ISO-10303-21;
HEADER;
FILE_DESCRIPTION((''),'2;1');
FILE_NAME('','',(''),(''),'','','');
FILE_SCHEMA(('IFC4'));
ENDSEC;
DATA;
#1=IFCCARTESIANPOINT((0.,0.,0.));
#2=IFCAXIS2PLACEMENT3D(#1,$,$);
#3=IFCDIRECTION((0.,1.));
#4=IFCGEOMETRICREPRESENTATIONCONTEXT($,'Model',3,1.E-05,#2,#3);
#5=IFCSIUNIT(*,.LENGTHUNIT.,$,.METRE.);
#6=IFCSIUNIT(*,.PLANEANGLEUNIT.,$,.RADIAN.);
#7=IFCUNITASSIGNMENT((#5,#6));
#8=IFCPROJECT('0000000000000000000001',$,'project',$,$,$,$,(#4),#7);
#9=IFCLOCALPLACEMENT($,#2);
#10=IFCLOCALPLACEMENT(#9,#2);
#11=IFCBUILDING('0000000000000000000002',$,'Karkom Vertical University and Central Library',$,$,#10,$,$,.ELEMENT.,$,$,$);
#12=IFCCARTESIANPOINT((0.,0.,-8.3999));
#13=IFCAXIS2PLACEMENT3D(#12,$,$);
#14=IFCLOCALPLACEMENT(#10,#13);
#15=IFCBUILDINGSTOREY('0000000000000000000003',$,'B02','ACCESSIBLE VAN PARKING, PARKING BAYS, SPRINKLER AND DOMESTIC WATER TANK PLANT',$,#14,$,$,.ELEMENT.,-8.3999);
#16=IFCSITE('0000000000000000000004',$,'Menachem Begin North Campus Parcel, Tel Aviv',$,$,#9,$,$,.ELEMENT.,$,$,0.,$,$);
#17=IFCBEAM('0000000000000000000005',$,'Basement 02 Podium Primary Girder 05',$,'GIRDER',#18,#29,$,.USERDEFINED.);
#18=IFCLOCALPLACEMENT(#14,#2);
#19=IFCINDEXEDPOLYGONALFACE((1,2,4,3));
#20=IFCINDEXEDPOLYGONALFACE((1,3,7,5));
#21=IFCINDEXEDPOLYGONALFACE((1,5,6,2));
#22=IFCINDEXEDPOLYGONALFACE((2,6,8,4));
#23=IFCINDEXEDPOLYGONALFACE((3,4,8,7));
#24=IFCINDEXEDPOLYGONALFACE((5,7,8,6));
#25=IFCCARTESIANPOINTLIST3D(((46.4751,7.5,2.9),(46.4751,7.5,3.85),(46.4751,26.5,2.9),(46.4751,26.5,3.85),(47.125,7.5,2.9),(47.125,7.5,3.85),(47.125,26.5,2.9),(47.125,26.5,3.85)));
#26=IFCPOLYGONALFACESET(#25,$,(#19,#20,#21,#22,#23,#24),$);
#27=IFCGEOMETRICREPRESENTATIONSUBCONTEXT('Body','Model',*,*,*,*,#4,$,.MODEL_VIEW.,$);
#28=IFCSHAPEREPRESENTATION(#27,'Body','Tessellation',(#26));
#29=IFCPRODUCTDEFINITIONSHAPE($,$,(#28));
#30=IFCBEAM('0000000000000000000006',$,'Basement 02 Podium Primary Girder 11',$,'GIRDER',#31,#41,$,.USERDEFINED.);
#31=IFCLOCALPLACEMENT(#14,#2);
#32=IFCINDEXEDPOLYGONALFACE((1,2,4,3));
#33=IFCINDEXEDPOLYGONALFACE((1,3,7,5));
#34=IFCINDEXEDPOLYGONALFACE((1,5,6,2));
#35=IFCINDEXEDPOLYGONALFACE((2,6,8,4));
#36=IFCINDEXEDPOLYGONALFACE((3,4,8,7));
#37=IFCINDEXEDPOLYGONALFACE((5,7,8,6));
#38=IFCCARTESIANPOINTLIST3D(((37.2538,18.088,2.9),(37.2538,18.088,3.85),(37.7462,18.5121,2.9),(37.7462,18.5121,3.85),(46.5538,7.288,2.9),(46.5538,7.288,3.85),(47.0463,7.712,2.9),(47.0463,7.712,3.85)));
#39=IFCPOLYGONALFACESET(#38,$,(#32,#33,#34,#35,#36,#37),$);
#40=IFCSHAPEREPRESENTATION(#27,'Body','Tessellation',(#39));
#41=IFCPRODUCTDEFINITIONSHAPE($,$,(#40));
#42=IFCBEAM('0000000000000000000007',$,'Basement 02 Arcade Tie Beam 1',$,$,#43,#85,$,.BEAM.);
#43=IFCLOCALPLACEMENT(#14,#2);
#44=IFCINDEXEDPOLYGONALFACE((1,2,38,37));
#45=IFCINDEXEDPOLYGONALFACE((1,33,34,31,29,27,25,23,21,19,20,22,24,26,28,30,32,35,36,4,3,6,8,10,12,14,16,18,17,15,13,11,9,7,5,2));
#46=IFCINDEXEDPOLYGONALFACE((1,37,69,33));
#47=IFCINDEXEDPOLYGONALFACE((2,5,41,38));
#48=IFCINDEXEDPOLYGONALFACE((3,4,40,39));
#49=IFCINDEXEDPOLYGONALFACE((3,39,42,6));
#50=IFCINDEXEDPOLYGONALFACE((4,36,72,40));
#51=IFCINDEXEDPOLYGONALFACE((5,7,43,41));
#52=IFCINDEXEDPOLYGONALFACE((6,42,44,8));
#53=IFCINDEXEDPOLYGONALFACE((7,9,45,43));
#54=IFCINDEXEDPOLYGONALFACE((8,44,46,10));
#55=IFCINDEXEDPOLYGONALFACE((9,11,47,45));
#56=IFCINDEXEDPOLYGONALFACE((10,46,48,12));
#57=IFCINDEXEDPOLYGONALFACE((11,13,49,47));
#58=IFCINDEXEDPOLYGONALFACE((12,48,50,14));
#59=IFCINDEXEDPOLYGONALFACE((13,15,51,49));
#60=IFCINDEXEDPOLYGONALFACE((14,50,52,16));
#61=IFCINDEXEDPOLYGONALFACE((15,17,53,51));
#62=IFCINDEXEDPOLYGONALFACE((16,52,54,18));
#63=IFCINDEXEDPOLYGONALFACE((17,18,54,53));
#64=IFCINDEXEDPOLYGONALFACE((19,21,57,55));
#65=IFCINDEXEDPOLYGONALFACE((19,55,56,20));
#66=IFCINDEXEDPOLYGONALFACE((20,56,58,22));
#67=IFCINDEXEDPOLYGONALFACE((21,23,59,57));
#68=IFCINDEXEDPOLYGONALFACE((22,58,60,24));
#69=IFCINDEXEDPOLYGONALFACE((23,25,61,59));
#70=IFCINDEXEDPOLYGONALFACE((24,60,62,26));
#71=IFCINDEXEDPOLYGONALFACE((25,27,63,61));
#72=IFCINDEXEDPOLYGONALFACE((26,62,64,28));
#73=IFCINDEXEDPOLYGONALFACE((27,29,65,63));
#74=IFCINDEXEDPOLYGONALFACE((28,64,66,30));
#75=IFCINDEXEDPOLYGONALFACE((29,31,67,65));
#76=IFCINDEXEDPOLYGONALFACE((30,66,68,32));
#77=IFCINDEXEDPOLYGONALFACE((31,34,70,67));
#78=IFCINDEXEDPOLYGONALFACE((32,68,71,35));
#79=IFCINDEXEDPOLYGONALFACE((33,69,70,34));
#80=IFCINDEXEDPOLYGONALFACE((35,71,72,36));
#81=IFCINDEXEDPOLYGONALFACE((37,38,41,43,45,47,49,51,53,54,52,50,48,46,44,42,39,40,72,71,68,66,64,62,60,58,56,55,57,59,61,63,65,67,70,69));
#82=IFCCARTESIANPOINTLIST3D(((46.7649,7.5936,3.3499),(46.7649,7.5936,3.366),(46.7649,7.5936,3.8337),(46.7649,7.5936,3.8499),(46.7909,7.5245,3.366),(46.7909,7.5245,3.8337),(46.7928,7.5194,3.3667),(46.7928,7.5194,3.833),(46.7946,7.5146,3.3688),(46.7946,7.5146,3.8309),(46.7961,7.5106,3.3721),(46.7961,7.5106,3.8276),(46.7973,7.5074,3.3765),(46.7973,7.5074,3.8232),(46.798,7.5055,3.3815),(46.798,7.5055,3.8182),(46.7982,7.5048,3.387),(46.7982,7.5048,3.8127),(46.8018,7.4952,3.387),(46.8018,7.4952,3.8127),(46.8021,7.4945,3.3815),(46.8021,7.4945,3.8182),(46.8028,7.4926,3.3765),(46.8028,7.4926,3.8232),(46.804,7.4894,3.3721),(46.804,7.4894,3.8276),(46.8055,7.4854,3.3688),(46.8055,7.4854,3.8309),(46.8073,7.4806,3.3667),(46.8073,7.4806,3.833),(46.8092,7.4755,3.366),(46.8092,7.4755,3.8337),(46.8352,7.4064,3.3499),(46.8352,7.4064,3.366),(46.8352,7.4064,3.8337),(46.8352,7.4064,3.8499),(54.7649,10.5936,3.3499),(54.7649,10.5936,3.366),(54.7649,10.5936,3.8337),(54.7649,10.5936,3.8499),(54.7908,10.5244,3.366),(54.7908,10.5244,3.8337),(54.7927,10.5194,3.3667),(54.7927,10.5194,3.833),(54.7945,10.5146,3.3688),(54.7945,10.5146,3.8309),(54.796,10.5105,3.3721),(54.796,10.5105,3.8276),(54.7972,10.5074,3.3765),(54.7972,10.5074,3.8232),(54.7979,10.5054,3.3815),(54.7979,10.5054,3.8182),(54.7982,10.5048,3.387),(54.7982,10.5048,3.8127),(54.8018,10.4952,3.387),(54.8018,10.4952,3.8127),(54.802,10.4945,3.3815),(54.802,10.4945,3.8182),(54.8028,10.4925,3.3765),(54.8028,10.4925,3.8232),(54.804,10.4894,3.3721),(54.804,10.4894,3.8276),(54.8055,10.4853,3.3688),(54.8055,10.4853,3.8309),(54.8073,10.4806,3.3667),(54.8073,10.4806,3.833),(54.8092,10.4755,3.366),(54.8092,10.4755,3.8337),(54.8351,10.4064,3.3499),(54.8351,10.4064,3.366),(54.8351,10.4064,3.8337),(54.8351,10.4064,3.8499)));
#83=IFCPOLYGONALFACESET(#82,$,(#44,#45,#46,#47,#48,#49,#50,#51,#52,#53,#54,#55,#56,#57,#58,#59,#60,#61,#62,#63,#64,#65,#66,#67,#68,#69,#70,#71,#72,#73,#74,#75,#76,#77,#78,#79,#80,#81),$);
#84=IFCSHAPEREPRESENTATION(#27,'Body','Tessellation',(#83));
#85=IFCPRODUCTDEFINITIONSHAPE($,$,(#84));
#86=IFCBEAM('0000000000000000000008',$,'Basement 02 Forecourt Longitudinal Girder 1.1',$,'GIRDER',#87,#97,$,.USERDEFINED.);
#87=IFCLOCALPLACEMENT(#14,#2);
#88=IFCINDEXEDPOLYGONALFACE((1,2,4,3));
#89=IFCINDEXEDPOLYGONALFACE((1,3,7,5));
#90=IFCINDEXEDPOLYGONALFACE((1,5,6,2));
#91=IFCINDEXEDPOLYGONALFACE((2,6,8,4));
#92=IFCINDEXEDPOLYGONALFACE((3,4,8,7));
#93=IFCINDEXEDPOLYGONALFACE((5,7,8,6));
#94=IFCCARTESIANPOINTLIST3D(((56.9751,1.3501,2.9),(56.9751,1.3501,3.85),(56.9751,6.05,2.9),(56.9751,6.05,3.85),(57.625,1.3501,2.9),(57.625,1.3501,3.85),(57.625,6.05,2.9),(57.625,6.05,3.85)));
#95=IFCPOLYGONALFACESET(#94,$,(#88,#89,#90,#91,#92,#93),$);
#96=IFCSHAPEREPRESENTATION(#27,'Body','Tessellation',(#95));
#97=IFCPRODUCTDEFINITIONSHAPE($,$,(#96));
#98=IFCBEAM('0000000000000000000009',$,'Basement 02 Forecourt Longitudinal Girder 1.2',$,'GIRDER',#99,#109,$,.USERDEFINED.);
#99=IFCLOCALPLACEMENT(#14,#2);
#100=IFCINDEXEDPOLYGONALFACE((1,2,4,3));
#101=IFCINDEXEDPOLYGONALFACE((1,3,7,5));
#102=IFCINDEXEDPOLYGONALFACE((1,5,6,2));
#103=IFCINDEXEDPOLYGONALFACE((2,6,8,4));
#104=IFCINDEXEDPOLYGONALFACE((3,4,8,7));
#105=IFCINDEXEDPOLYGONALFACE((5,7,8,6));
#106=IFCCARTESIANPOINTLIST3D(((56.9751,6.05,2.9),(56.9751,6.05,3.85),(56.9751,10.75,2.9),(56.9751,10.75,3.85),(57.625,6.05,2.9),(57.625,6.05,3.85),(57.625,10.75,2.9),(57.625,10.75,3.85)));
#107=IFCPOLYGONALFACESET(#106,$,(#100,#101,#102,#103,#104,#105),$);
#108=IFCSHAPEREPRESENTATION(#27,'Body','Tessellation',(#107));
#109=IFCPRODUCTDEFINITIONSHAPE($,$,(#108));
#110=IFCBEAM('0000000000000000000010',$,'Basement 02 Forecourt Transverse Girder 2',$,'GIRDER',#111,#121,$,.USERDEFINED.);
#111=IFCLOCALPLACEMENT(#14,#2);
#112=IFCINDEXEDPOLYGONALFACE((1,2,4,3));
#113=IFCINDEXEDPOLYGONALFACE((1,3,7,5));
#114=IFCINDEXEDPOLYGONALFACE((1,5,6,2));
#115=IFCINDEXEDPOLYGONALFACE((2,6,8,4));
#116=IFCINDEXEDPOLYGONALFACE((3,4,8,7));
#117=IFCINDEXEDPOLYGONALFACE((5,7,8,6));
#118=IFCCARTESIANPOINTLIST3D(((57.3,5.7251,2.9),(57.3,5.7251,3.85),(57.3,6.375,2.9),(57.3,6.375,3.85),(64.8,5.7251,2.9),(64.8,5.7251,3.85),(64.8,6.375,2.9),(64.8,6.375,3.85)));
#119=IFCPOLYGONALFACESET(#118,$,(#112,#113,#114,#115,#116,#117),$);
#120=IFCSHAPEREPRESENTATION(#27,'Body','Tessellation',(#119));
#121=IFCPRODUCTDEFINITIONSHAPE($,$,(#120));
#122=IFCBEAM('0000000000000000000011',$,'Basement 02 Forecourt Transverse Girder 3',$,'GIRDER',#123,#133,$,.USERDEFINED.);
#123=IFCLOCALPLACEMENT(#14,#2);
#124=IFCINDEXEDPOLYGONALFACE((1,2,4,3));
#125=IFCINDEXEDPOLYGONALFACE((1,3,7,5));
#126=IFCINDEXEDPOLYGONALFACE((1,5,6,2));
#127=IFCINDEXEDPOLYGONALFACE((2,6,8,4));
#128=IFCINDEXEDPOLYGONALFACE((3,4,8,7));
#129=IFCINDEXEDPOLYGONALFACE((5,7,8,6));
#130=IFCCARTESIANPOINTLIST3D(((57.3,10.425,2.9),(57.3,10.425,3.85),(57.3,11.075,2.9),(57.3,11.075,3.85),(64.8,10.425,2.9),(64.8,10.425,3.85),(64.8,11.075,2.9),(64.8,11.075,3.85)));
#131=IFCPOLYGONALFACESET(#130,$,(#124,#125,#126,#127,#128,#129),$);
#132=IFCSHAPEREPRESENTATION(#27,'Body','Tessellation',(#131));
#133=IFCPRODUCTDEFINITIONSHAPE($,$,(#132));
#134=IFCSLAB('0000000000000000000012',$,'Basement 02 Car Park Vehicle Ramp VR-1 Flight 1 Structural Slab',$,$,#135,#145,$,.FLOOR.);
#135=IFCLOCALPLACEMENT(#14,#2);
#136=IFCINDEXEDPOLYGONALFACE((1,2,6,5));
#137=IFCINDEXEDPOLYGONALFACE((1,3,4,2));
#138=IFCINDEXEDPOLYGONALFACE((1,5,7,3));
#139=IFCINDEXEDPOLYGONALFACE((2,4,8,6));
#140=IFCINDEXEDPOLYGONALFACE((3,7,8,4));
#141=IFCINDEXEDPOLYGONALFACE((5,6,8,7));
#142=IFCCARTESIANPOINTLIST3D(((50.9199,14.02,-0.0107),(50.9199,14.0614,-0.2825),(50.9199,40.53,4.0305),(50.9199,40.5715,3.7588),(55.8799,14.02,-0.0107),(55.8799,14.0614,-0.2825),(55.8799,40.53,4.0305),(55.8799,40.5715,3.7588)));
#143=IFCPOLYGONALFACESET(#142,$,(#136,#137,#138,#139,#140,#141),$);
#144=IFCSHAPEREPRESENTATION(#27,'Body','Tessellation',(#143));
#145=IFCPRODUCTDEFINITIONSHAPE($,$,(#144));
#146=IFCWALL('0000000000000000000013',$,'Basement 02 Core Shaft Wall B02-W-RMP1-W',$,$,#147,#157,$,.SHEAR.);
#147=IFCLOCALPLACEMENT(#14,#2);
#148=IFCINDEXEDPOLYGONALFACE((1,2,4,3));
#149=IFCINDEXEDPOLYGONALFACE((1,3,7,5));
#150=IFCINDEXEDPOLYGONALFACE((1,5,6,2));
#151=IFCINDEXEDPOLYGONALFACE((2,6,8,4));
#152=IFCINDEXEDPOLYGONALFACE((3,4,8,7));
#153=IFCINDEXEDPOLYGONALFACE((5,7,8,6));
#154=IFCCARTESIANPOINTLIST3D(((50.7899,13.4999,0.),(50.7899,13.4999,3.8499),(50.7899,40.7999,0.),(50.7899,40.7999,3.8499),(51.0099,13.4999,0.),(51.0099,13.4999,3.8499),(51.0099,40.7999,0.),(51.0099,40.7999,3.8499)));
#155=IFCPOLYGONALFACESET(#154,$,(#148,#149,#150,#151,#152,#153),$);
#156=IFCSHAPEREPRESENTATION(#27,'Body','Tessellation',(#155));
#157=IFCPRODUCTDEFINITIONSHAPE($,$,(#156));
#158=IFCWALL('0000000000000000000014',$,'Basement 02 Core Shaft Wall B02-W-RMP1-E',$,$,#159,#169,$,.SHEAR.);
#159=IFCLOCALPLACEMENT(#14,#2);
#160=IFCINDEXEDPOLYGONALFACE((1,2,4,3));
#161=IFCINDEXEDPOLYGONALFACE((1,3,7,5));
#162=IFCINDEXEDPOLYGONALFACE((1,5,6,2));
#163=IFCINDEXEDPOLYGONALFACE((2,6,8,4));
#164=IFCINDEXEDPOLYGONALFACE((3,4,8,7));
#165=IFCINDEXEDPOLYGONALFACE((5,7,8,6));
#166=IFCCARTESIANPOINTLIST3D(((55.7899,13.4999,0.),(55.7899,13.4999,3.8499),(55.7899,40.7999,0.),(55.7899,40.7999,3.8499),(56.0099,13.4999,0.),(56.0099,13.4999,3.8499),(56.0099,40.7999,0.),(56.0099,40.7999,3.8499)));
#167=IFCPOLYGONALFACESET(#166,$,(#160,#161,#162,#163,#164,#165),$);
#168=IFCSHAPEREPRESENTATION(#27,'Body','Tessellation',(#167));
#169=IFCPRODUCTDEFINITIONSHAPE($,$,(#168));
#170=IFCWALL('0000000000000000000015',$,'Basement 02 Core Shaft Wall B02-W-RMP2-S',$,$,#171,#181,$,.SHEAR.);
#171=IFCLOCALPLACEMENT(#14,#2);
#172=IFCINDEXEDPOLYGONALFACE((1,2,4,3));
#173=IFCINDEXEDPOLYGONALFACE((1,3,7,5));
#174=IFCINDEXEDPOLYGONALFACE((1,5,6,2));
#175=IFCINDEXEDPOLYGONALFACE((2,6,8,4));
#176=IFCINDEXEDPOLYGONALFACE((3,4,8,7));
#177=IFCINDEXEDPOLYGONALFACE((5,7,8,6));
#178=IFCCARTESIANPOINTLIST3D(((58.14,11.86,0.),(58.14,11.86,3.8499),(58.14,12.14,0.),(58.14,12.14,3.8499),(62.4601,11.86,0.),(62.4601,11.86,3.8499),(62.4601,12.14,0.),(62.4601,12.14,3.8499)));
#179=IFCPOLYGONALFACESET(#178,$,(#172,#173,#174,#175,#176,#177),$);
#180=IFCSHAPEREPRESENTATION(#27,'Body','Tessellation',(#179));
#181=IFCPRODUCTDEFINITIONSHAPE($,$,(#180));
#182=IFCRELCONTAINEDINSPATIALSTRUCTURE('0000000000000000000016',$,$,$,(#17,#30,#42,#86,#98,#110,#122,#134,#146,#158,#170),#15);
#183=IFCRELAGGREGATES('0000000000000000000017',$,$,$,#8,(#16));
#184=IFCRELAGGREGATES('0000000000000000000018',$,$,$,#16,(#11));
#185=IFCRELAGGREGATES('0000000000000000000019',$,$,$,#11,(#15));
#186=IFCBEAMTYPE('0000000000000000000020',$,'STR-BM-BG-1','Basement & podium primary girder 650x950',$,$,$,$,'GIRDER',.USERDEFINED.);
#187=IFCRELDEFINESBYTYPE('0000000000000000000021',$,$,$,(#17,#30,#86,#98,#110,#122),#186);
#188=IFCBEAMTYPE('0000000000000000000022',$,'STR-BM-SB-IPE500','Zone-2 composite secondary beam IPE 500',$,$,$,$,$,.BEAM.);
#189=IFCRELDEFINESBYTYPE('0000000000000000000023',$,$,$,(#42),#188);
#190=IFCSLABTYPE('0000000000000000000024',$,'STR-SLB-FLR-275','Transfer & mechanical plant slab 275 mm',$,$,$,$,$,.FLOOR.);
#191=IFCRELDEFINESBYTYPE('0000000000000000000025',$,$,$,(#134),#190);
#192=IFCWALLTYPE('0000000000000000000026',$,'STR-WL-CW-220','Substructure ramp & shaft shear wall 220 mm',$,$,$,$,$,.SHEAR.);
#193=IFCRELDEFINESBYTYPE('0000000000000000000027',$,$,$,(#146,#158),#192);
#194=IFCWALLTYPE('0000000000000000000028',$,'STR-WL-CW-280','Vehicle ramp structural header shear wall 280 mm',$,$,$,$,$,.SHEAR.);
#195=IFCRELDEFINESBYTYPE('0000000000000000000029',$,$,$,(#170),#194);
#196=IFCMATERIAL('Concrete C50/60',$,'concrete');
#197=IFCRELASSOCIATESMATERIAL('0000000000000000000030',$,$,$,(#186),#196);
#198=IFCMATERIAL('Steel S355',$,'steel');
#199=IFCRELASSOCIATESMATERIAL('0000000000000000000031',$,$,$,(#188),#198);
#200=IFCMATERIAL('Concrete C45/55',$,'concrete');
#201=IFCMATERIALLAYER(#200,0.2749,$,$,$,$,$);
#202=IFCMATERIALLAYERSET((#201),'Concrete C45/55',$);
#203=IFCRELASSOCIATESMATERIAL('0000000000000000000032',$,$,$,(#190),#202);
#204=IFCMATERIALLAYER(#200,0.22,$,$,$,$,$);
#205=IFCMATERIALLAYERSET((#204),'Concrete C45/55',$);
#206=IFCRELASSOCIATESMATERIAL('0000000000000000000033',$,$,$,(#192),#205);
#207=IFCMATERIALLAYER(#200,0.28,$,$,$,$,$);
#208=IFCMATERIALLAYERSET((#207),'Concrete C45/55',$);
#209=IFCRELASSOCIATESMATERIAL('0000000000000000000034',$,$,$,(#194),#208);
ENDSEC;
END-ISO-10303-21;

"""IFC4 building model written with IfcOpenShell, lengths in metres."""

from ifc_helpers import new_model, si_unit, direction, frame, frame_2d, origin, origin_with_axes, origin_2d, place, context, subcontext, project, spatial, polyline, rectangle, i_section, outline, extrude, source, transform, mapped, material, layer, layer_set, material_profile, profile_set, type_object, element, save


model = new_model("IFC4")

# Units and contexts
model_context = context("Model", 3, precision=1e-05, world=origin(), true_north=direction((0.0, 1.0)))
body_context = subcontext(model_context, "Body", "Model", "MODEL_VIEW")
ifc_project = project(units=[si_unit("LENGTHUNIT", "METRE"), si_unit("PLANEANGLEUNIT", "RADIAN")], contexts=[model_context])

# Site, building, storey
site_placement = place(None, origin())
site = spatial("IfcSite", under=ifc_project, at=site_placement, Name="Menachem Begin North Campus Parcel, Tel Aviv", CompositionType="ELEMENT", RefElevation=0.0)
building_placement = place(site_placement, origin())
building = spatial("IfcBuilding", under=site, at=building_placement, Name="Karkom Vertical University and Central Library", CompositionType="ELEMENT")
storey_placement = place(building_placement, frame((0.0, 0.0, -8.3999)))
storey = spatial("IfcBuildingStorey", under=building, at=storey_placement, Name="B02", Description="ACCESSIBLE VAN PARKING, PARKING BAYS, SPRINKLER AND DOMESTIC WATER TANK PLANT", CompositionType="ELEMENT", Elevation=-8.3999)

# Shared definitions
ifc_material_1 = material(Name="Concrete C45/55", Category="concrete")

# Beams
ifc_material_2 = material(Name="Concrete C50/60", Category="concrete")
ifc_material_profile_1 = material_profile(ifc_material_2, rectangle(XDim=0.6499, YDim=0.95, at=origin_2d()), Name="RCG-650x950")
ifc_profile_set_1 = profile_set([ifc_material_profile_1], Name="Concrete C50/60")
beam_type_1 = type_object("IfcBeamType", Name="STR-BM-BG-1", Description="Basement & podium primary girder 650x950", ElementType="GIRDER", PredefinedType="USERDEFINED", material=ifc_profile_set_1)
shared_shape_1 = source(origin_with_axes(), body_context, "Body", "SweptSolid", [
    extrude(rectangle(XDim=0.6499, YDim=0.95, at=origin_2d()), origin(), (0.0, 0.0, 1.0), 19.0),
])
beam_1_placement = place(storey_placement, frame((46.8, 7.5, 3.375), z_axis=(0.0, 1.0, 0.0), x_axis=(-1.0, 0.0, 0.0)))
element("IfcBeam", 1, at=beam_1_placement, inside=storey, type_object=beam_type_1, Name="Basement 02 Podium Primary Girder 05", ObjectType="GIRDER", PredefinedType="USERDEFINED", context=body_context, shape_type="MappedRepresentation", body=[
    mapped(shared_shape_1, transform((0.0, 0.0, 0.0), scale=1.0)),
])
shared_shape_2 = source(origin_with_axes(), body_context, "Body", "SweptSolid", [
    extrude(rectangle(XDim=0.6499, YDim=0.95, at=origin_2d()), origin(), (0.0, 0.0, 1.0), 14.2524),
])
beam_2_placement = place(storey_placement, frame((46.8, 7.5, 3.375), z_axis=(-0.652523, 0.757769, 0.0), x_axis=(-0.757769, -0.652523, 0.0)))
element("IfcBeam", 2, at=beam_2_placement, inside=storey, type_object=beam_type_1, Name="Basement 02 Podium Primary Girder 11", ObjectType="GIRDER", PredefinedType="USERDEFINED", context=body_context, shape_type="MappedRepresentation", body=[
    mapped(shared_shape_2, transform((0.0, 0.0, 0.0), scale=1.0)),
])
ifc_material_3 = material(Name="Steel S355", Category="steel")
ifc_material_profile_2 = material_profile(ifc_material_3, i_section(OverallWidth=0.2, OverallDepth=0.5, WebThickness=0.0103, FlangeThickness=0.0161, FilletRadius=0.021, at=origin_2d()), Name="IPE 500")
ifc_profile_set_2 = profile_set([ifc_material_profile_2], Name="Steel S355")
beam_type_2 = type_object("IfcBeamType", Name="STR-BM-SB-IPE500", Description="Zone-2 composite secondary beam IPE 500", PredefinedType="BEAM", material=ifc_profile_set_2)
shared_shape_3 = source(origin_with_axes(), body_context, "Body", "SweptSolid", [
    extrude(i_section(OverallWidth=0.2, OverallDepth=0.5, WebThickness=0.0103, FlangeThickness=0.0161, FilletRadius=0.021, at=origin_2d()), origin(), (0.0, 0.0, 1.0), 8.5439),
])
beam_3_placement = place(storey_placement, frame((46.8, 7.5, 3.5999), z_axis=(0.936329, 0.351123, 0.0), x_axis=(-0.351123, 0.936329, 0.0)))
element("IfcBeam", 3, at=beam_3_placement, inside=storey, type_object=beam_type_2, Name="Basement 02 Arcade Tie Beam 1", PredefinedType="BEAM", context=body_context, shape_type="MappedRepresentation", body=[
    mapped(shared_shape_3, transform((0.0, 0.0, 0.0), scale=1.0)),
])
shared_shape_4 = source(origin_with_axes(), body_context, "Body", "SweptSolid", [
    extrude(rectangle(XDim=0.6499, YDim=0.95, at=origin_2d()), origin(), (0.0, 0.0, 1.0), 4.7),
])
for number, where, z_axis, x_axis, name in (
    (4, (57.3, 1.3501, 3.375), (0.0, 1.0, 0.0), (-1.0, 0.0, 0.0), "Basement 02 Forecourt Longitudinal Girder 1.1"),
    (5, (57.3, 6.05, 3.375), (0.0, 1.0, 0.0), (-1.0, 0.0, 0.0), "Basement 02 Forecourt Longitudinal Girder 1.2"),
):
    element("IfcBeam", number, at=place(storey_placement, frame(where, z_axis=z_axis, x_axis=x_axis)), inside=storey, type_object=beam_type_1, Name=name, ObjectType="GIRDER", PredefinedType="USERDEFINED", context=body_context, shape_type="MappedRepresentation", body=[
        mapped(shared_shape_4, transform((0.0, 0.0, 0.0), scale=1.0)),
    ])
shared_shape_5 = source(origin_with_axes(), body_context, "Body", "SweptSolid", [
    extrude(rectangle(XDim=0.6499, YDim=0.95, at=origin_2d()), origin(), (0.0, 0.0, 1.0), 7.5),
])
for number, where, z_axis, x_axis, name in (
    (6, (57.3, 6.05, 3.375), (1.0, 0.0, 0.0), (0.0, 1.0, 0.0), "Basement 02 Forecourt Transverse Girder 2"),
    (7, (57.3, 10.75, 3.375), (1.0, 0.0, 0.0), (0.0, 1.0, 0.0), "Basement 02 Forecourt Transverse Girder 3"),
):
    element("IfcBeam", number, at=place(storey_placement, frame(where, z_axis=z_axis, x_axis=x_axis)), inside=storey, type_object=beam_type_1, Name=name, ObjectType="GIRDER", PredefinedType="USERDEFINED", context=body_context, shape_type="MappedRepresentation", body=[
        mapped(shared_shape_5, transform((0.0, 0.0, 0.0), scale=1.0)),
    ])

# Slab
ifc_layer_1 = layer(ifc_material_1, 0.2749)
ifc_layer_set_1 = layer_set([ifc_layer_1], Name="Concrete C45/55")
slab_type = type_object("IfcSlabType", Name="STR-SLB-FLR-275", Description="Transfer & mechanical plant slab 275 mm", PredefinedType="FLOOR", material=ifc_layer_set_1)
slab_placement = place(storey_placement, frame((50.9199, 14.02, -0.0107), z_axis=(0.0, -0.150702, 0.988579), x_axis=(1.0, 0.0, 0.0)))
element("IfcSlab", 8, at=slab_placement, inside=storey, type_object=slab_type, Name="Basement 02 Car Park Vehicle Ramp VR-1 Flight 1 Structural Slab", PredefinedType="FLOOR", context=body_context, shape_type="SweptSolid", body=[
    extrude(outline(polyline([(0.0, 0.0), (4.96, 0.0), (4.96, 26.8163), (0.0, 26.8163), (0.0, 0.0)])), origin(), (0.0, 0.0, -1.0), 0.2749),
])

# Walls
ifc_layer_2 = layer(ifc_material_1, 0.22)
ifc_layer_set_2 = layer_set([ifc_layer_2], Name="Concrete C45/55")
wall_type_1 = type_object("IfcWallType", Name="STR-WL-CW-220", Description="Substructure ramp & shaft shear wall 220 mm", PredefinedType="SHEAR", material=ifc_layer_set_2)
for number, where, z_axis, x_axis, name in (
    (9, (50.8999, 13.5, 0.0), (0.0, 0.0, 1.0), (0.0, 1.0, 0.0), "Basement 02 Core Shaft Wall B02-W-RMP1-W"),
    (10, (55.8999, 13.5, 0.0), (0.0, 0.0, 1.0), (0.0, 1.0, 0.0), "Basement 02 Core Shaft Wall B02-W-RMP1-E"),
):
    element("IfcWall", number, at=place(storey_placement, frame(where, z_axis=z_axis, x_axis=x_axis)), inside=storey, type_object=wall_type_1, Name=name, PredefinedType="SHEAR", context=body_context, shape_type="SweptSolid", body=[
        extrude(rectangle(XDim=27.3, YDim=0.22, at=frame_2d((13.6499, 0.0))), origin(), (0.0, 0.0, 1.0), 3.8499),
    ])
ifc_layer_3 = layer(ifc_material_1, 0.28)
ifc_layer_set_3 = layer_set([ifc_layer_3], Name="Concrete C45/55")
wall_type_2 = type_object("IfcWallType", Name="STR-WL-CW-280", Description="Vehicle ramp structural header shear wall 280 mm", PredefinedType="SHEAR", material=ifc_layer_set_3)
wall_placement = place(storey_placement, frame((58.1399, 12.0, 0.0), z_axis=(0.0, 0.0, 1.0), x_axis=(1.0, 0.0, 0.0)))
element("IfcWall", 11, at=wall_placement, inside=storey, type_object=wall_type_2, Name="Basement 02 Core Shaft Wall B02-W-RMP2-S", PredefinedType="SHEAR", context=body_context, shape_type="SweptSolid", body=[
    extrude(rectangle(XDim=4.3201, YDim=0.28, at=frame_2d((2.1602, 0.0))), origin(), (0.0, 0.0, 1.0), 3.8499),
])

save(model, "model.ifc")
